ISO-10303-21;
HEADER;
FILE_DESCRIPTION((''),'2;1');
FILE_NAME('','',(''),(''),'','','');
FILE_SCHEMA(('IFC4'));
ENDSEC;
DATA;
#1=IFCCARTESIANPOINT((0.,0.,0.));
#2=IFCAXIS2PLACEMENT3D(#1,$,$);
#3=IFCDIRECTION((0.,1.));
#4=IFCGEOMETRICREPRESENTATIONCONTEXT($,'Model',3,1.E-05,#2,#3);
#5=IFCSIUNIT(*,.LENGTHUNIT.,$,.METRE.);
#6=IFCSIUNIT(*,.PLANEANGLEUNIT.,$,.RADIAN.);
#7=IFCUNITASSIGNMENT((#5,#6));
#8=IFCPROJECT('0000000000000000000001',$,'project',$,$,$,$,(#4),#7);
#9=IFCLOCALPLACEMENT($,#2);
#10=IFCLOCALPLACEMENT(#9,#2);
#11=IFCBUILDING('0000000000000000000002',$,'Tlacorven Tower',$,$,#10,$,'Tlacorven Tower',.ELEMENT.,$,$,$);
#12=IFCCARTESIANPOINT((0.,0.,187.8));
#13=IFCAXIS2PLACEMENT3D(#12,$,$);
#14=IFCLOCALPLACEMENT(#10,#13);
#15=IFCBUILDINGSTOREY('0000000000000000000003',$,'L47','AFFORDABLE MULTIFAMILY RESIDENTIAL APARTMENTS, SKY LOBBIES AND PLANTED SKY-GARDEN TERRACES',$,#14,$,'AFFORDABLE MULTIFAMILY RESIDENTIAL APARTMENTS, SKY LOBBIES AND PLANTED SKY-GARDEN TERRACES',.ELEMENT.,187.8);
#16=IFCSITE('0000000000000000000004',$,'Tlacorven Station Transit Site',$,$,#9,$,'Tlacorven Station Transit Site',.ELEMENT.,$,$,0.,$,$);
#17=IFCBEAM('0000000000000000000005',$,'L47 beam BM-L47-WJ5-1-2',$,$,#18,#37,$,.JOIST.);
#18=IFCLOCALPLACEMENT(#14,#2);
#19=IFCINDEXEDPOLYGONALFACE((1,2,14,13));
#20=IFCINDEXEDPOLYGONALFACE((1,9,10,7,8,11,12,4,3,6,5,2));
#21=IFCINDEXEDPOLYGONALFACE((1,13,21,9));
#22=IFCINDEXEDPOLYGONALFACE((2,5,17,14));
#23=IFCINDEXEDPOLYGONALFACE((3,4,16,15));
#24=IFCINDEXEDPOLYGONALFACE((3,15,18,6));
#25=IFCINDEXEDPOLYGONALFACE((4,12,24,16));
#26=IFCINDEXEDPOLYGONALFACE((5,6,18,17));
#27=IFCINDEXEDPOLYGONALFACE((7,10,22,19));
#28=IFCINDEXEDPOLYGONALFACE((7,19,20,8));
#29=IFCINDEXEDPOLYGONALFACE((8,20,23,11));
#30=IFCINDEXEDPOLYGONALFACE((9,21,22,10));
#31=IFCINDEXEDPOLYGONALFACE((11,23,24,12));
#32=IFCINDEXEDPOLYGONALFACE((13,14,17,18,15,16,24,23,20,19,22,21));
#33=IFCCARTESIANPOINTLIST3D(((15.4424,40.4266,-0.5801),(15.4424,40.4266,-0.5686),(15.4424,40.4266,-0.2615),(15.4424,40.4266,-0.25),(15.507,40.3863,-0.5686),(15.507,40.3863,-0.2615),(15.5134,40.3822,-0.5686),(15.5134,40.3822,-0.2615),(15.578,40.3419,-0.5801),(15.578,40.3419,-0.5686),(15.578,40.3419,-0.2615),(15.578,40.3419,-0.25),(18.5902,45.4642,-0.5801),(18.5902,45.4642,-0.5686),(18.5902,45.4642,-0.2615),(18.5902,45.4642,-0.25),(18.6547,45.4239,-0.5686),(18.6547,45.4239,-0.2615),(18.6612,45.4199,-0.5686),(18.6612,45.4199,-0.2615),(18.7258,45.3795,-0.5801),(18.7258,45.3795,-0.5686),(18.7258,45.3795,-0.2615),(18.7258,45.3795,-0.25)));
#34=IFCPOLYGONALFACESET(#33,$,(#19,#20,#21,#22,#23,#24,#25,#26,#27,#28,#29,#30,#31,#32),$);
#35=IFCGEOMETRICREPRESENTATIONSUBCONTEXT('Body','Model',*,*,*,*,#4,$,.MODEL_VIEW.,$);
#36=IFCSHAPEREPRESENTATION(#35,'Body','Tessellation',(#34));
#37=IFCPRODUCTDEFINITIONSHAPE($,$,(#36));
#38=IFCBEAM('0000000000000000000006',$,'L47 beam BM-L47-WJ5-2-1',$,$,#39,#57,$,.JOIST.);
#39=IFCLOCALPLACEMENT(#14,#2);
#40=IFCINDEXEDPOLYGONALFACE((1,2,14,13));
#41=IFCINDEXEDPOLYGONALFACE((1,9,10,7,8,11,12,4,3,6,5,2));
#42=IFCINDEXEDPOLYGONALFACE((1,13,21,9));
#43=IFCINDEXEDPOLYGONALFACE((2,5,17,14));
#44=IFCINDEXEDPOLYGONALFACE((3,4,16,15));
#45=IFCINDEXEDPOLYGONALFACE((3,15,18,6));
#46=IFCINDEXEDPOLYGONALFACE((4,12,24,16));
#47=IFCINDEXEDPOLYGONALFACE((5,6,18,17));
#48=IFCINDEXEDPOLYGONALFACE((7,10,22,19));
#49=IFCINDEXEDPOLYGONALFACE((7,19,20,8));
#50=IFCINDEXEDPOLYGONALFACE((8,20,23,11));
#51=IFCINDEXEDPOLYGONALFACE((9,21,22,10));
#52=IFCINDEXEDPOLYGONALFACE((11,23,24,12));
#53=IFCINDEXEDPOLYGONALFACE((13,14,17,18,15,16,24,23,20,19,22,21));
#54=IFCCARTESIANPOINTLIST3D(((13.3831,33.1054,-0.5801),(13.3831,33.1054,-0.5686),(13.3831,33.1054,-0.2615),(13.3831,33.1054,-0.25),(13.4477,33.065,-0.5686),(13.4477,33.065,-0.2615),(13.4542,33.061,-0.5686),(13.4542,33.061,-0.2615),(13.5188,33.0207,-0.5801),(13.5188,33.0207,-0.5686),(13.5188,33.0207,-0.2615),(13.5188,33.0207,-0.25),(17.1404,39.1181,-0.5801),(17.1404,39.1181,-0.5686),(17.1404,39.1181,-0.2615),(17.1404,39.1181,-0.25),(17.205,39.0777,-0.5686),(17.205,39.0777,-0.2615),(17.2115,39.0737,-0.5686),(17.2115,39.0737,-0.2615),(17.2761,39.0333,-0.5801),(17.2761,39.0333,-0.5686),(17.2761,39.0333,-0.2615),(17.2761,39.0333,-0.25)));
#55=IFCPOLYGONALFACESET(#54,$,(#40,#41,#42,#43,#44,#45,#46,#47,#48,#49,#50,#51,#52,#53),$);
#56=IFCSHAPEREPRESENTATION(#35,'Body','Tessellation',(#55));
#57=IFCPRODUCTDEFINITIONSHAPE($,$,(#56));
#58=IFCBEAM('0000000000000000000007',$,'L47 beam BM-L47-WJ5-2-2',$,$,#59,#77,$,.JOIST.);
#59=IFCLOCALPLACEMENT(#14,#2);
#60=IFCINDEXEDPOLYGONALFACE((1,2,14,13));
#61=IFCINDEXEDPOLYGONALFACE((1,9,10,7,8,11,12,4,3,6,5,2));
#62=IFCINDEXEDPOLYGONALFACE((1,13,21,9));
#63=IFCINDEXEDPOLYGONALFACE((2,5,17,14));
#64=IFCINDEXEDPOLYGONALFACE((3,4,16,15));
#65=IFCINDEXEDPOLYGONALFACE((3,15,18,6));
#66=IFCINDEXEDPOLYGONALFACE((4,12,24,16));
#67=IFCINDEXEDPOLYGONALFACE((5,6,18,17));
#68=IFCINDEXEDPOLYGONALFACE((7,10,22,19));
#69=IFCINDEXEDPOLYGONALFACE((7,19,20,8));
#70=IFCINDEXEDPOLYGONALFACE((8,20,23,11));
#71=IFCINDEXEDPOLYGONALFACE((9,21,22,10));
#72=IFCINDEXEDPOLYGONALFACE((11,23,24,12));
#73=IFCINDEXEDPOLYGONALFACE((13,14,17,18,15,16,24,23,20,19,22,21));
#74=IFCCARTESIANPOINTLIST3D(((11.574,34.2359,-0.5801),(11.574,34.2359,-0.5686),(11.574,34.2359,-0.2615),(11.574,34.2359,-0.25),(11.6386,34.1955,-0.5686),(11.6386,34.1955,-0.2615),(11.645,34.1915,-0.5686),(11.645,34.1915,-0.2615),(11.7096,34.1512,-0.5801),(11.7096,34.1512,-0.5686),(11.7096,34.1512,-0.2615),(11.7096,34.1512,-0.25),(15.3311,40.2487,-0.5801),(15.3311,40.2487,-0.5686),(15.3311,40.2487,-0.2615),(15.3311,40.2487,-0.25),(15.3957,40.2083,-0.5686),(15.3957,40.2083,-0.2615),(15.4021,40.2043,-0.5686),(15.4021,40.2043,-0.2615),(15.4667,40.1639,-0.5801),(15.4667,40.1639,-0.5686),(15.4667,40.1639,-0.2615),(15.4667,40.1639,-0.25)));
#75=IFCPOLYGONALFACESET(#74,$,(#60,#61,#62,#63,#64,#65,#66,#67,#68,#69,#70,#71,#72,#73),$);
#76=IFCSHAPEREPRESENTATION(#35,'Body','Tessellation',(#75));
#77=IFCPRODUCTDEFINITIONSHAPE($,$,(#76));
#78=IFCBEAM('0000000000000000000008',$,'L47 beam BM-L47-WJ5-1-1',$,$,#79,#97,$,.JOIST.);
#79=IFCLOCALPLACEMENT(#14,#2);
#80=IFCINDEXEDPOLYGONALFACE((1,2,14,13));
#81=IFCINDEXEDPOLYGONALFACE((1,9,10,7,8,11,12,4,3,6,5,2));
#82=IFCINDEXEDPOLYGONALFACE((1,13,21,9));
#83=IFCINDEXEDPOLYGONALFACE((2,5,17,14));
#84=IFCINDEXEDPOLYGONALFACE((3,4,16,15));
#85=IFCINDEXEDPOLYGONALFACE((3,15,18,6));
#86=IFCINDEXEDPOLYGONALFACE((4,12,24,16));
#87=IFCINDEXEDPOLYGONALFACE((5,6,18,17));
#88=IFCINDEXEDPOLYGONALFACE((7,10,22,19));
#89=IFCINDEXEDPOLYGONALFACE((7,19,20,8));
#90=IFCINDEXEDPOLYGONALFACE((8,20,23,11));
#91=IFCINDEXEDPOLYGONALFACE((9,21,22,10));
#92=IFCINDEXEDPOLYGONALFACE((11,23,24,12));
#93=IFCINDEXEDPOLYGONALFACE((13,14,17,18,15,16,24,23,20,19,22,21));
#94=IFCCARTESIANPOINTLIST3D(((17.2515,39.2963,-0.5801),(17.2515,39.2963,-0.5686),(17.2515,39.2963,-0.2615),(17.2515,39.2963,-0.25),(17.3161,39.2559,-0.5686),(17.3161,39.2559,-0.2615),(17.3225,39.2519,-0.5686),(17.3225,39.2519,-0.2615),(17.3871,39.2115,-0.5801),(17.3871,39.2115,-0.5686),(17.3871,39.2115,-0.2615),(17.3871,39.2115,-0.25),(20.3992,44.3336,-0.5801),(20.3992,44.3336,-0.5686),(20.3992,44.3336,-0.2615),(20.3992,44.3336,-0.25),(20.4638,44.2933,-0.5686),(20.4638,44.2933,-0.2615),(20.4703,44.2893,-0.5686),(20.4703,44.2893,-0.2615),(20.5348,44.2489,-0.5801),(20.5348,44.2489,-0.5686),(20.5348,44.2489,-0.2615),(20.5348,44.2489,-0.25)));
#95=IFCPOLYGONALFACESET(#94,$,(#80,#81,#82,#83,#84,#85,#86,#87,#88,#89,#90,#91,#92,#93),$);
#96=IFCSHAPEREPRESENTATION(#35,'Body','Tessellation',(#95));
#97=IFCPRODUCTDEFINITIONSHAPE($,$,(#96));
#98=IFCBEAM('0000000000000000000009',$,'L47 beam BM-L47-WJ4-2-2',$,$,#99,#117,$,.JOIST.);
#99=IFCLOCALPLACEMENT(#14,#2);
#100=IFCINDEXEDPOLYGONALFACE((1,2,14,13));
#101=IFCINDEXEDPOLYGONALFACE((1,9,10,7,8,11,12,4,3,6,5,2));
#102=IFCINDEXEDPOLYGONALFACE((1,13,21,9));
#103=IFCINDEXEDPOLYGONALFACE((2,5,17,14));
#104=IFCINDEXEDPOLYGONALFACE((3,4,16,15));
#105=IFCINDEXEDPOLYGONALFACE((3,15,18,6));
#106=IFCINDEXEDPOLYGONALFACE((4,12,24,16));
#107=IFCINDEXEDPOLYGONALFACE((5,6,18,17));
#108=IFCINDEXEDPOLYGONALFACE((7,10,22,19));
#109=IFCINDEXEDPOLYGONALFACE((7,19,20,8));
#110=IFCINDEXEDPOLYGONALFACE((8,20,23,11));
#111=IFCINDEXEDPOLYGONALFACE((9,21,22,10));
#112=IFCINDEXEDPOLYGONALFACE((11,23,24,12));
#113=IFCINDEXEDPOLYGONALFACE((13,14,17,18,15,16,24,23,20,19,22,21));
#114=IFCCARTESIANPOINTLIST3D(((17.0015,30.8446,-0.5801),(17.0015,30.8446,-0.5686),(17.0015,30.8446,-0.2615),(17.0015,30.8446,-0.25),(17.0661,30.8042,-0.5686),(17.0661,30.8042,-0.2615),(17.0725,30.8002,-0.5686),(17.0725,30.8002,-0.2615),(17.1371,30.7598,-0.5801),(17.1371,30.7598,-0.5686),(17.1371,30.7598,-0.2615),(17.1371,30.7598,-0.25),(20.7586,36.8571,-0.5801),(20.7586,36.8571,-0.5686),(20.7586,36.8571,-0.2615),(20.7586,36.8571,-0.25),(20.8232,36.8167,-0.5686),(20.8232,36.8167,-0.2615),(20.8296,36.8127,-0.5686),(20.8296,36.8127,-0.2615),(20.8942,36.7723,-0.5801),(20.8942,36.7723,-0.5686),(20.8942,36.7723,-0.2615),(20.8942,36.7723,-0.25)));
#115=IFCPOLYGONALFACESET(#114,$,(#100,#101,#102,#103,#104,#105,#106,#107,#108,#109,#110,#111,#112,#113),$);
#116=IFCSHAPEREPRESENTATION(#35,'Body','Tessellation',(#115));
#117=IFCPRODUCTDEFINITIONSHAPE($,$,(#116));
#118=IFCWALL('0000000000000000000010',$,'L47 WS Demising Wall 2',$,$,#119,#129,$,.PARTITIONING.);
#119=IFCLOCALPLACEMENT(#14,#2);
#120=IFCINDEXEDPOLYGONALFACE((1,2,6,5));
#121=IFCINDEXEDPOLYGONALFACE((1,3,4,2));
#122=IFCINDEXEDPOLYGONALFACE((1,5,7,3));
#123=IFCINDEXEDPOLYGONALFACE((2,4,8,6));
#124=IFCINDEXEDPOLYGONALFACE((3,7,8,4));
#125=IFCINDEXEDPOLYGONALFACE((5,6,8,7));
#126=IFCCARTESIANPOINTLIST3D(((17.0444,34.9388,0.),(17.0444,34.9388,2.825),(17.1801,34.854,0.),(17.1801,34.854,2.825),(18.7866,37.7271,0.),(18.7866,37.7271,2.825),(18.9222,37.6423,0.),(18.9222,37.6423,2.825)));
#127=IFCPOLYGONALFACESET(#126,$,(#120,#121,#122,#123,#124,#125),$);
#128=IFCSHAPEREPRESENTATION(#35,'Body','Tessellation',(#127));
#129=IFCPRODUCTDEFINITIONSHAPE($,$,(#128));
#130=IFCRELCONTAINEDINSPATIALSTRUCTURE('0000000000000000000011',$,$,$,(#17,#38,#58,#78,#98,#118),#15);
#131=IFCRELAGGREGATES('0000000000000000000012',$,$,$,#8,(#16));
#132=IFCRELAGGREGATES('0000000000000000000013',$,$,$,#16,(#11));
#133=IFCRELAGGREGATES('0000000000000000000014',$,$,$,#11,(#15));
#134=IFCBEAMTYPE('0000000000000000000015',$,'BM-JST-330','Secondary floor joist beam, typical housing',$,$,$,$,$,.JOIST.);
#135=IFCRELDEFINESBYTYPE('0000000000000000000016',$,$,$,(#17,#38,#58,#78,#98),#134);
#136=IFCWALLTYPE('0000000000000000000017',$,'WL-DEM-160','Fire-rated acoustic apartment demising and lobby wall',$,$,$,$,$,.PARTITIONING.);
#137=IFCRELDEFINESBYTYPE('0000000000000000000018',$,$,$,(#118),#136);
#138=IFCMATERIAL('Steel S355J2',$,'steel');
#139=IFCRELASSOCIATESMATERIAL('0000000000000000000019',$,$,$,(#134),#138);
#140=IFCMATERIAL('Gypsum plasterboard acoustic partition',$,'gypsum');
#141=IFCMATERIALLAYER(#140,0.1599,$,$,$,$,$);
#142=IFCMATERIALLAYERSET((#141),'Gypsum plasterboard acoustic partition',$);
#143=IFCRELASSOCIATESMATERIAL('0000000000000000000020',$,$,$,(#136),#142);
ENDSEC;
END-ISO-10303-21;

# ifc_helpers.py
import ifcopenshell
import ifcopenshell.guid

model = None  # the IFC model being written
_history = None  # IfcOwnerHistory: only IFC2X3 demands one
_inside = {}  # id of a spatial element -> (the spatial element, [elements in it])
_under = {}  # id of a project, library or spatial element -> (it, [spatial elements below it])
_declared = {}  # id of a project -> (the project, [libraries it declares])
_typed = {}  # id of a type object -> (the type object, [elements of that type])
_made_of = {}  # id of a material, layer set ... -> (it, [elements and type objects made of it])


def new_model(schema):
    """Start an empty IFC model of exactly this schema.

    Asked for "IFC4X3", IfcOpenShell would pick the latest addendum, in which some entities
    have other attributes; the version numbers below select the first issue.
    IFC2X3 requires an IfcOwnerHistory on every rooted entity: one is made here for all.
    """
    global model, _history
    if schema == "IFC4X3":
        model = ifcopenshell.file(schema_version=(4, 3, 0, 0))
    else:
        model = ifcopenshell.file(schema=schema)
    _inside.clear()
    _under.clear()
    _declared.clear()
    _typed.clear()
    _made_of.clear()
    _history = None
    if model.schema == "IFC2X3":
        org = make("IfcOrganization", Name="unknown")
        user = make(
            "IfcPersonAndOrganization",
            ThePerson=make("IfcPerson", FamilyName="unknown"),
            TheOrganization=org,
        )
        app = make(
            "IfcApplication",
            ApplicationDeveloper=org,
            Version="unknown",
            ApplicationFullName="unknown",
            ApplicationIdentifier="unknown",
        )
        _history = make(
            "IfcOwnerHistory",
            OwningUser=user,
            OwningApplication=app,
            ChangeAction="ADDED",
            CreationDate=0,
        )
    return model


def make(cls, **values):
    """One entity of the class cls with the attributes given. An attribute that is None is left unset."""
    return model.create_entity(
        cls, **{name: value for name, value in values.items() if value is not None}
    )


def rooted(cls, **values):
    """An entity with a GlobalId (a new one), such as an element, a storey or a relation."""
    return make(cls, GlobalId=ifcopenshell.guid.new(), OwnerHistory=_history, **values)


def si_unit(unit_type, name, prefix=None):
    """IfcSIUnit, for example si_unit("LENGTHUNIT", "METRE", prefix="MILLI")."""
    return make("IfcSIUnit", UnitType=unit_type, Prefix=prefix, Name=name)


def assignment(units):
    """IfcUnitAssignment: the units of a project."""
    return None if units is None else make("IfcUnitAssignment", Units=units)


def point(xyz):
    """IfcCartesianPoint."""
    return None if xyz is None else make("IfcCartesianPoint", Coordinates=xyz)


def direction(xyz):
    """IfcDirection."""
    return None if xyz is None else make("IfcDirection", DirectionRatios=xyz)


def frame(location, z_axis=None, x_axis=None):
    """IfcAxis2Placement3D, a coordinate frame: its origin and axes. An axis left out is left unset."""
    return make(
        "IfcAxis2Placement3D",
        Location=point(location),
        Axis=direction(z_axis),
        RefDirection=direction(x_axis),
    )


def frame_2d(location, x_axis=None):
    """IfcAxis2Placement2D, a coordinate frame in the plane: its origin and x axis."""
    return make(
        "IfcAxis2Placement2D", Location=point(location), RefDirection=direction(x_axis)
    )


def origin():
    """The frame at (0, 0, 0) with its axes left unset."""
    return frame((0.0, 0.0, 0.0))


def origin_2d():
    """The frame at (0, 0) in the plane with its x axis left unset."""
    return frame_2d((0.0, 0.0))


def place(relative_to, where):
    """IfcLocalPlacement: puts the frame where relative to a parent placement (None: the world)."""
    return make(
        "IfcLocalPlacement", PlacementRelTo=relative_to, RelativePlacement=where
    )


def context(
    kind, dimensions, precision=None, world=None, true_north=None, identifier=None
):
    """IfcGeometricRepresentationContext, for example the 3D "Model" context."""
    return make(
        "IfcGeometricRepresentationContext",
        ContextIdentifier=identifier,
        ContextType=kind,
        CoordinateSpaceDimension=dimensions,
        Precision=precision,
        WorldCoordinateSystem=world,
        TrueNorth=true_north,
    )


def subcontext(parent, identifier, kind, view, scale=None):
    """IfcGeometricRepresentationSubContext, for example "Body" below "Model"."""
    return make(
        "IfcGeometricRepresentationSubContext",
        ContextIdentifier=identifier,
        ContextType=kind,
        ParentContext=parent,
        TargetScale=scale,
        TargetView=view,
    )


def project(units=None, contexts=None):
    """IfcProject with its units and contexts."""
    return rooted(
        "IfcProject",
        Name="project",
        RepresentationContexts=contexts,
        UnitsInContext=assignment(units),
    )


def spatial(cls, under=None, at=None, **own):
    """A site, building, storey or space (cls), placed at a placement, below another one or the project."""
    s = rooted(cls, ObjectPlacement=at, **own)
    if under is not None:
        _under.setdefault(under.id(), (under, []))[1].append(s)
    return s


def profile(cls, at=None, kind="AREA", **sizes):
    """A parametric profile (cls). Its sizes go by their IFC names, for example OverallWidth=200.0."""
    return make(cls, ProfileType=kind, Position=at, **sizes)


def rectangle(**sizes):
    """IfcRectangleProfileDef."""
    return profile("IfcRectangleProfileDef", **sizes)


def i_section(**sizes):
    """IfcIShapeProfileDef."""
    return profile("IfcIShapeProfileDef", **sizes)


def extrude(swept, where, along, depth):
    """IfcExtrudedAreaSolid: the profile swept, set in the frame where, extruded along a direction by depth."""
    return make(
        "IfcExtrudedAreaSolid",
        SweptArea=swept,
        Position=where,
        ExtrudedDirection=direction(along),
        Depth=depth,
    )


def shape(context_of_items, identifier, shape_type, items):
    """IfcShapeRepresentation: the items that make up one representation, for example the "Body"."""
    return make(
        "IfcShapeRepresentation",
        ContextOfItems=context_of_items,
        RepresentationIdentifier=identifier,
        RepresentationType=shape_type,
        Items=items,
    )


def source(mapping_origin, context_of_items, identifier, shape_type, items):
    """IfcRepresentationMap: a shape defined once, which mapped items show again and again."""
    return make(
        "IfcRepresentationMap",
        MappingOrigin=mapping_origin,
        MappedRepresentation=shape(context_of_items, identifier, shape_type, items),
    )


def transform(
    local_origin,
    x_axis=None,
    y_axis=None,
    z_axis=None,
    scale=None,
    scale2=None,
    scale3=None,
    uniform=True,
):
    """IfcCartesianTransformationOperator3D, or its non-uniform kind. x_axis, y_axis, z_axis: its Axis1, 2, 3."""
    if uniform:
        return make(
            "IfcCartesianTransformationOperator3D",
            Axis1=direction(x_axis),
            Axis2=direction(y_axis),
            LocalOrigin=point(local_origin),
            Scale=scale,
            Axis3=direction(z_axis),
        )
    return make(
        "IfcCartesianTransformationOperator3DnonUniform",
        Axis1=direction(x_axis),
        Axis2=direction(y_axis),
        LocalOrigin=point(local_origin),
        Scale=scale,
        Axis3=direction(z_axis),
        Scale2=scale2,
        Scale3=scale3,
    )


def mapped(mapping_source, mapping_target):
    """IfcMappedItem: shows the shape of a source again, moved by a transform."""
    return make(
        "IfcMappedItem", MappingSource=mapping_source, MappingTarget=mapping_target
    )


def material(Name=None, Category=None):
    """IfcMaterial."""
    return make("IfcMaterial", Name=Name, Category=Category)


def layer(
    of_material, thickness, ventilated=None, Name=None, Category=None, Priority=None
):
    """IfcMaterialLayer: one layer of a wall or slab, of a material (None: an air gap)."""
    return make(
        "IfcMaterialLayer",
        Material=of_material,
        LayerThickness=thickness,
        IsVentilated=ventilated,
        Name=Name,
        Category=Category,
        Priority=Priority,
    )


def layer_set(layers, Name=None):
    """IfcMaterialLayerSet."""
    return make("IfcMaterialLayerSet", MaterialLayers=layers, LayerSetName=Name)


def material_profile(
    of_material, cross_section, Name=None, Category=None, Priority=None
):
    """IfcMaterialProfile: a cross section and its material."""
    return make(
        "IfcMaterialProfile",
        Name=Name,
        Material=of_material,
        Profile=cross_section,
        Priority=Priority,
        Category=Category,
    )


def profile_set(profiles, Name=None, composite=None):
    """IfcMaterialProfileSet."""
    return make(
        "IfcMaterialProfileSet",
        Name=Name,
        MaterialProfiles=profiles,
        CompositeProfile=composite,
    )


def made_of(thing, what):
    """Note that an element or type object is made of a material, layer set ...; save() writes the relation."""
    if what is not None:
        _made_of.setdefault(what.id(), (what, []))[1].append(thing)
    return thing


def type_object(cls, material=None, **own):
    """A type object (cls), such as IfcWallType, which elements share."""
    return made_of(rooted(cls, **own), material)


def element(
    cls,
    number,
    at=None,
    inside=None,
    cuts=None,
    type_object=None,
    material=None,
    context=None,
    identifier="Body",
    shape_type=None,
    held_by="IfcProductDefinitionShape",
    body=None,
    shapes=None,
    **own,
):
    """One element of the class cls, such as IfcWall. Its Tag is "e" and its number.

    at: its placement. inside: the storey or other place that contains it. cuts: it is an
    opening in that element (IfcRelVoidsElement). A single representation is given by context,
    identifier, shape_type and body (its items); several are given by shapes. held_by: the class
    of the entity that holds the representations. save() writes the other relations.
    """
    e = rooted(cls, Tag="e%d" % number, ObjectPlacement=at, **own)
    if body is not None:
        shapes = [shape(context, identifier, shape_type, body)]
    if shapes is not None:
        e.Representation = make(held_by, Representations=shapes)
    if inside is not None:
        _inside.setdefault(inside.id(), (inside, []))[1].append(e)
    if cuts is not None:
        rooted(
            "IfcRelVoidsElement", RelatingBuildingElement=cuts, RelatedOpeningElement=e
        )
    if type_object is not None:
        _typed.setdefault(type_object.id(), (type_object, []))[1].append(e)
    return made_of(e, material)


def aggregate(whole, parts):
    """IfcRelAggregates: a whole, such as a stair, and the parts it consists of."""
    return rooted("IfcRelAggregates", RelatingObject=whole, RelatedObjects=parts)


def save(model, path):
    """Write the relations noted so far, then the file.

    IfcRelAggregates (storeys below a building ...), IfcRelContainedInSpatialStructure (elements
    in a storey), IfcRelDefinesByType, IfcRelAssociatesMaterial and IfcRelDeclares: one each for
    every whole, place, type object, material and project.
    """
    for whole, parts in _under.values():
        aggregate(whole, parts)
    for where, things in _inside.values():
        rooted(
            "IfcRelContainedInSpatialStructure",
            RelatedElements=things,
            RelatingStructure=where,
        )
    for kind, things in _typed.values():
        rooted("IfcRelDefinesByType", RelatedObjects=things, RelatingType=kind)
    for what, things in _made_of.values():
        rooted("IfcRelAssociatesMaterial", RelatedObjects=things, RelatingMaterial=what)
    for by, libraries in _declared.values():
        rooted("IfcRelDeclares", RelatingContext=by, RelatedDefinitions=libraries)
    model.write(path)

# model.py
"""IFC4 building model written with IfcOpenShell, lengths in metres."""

from ifc_helpers import new_model, si_unit, direction, frame, frame_2d, origin, origin_2d, place, context, subcontext, project, spatial, rectangle, i_section, extrude, source, transform, mapped, material, layer, layer_set, material_profile, profile_set, type_object, element, save


model = new_model("IFC4")

# Units and contexts
model_context = context("Model", 3, precision=1e-05, world=origin(), true_north=direction((0.0, 1.0)))
body_context = subcontext(model_context, "Body", "Model", "MODEL_VIEW")
ifc_project = project(units=[si_unit("LENGTHUNIT", "METRE"), si_unit("PLANEANGLEUNIT", "RADIAN")], contexts=[model_context])

# Site, building, storey
site_placement = place(None, origin())
site = spatial("IfcSite", under=ifc_project, at=site_placement, Name="Tlacorven Station Transit Site", LongName="Tlacorven Station Transit Site", CompositionType="ELEMENT", RefElevation=0.0)
building_placement = place(site_placement, origin())
building = spatial("IfcBuilding", under=site, at=building_placement, Name="Tlacorven Tower", LongName="Tlacorven Tower", CompositionType="ELEMENT")
storey_placement = place(building_placement, frame((0.0, 0.0, 187.8)))
storey = spatial("IfcBuildingStorey", under=building, at=storey_placement, Name="L47", Description="AFFORDABLE MULTIFAMILY RESIDENTIAL APARTMENTS, SKY LOBBIES AND PLANTED SKY-GARDEN TERRACES", LongName="AFFORDABLE MULTIFAMILY RESIDENTIAL APARTMENTS, SKY LOBBIES AND PLANTED SKY-GARDEN TERRACES", CompositionType="ELEMENT", Elevation=187.8)

# Beams
ifc_material_1 = material(Name="Steel S355J2", Category="steel")
ifc_material_profile_1 = material_profile(ifc_material_1, i_section(OverallWidth=0.1599, OverallDepth=0.3301, WebThickness=0.0076, FlangeThickness=0.0115, at=origin_2d()), Name="IPE 330")
ifc_profile_set_1 = profile_set([ifc_material_profile_1], Name="Steel S355J2")
beam_type_1 = type_object("IfcBeamType", Name="BM-JST-330", Description="Secondary floor joist beam, typical housing", PredefinedType="JOIST", material=ifc_profile_set_1)
shared_shape_1 = source(origin(), body_context, "Body", "SweptSolid", [
    extrude(i_section(OverallWidth=0.1599, OverallDepth=0.3301, WebThickness=0.0076, FlangeThickness=0.0115, at=origin_2d()), origin(), (0.0, 0.0, 1.0), 5.9402),
])
beam_1_placement = place(storey_placement, frame((18.658, 45.4219, -0.415), z_axis=(-0.529903, -0.848058, 0.0), x_axis=(0.848058, -0.529903, 0.0)))
element("IfcBeam", 1, at=beam_1_placement, inside=storey, type_object=beam_type_1, Name="L47 beam BM-L47-WJ5-1-2", PredefinedType="JOIST", context=body_context, shape_type="MappedRepresentation", body=[
    mapped(shared_shape_1, transform((0.0, 0.0, 0.0), scale=1.0)),
])
shared_shape_2 = source(origin(), body_context, "Body", "SweptSolid", [
    extrude(i_section(OverallWidth=0.1599, OverallDepth=0.3301, WebThickness=0.0076, FlangeThickness=0.0115, at=origin_2d()), origin(), (0.0, 0.0, 1.0), 7.0901),
])
for number, where, z_axis, x_axis, name in (
    (2, (17.2083, 39.0757, -0.415), (-0.529937, -0.848037, 0.0), (0.848037, -0.529937, 0.0), "L47 beam BM-L47-WJ5-2-1"),
    (3, (15.3989, 40.2063, -0.415), (-0.529912, -0.848052, 0.0), (0.848052, -0.529912, 0.0), "L47 beam BM-L47-WJ5-2-2"),
):
    element("IfcBeam", number, at=place(storey_placement, frame(where, z_axis=z_axis, x_axis=x_axis)), inside=storey, type_object=beam_type_1, Name=name, PredefinedType="JOIST", context=body_context, shape_type="MappedRepresentation", body=[
        mapped(shared_shape_2, transform((0.0, 0.0, 0.0), scale=1.0)),
    ])
shared_shape_3 = source(origin(), body_context, "Body", "SweptSolid", [
    extrude(i_section(OverallWidth=0.1599, OverallDepth=0.3301, WebThickness=0.0076, FlangeThickness=0.0115, at=origin_2d()), origin(), (0.0, 0.0, 1.0), 5.9399),
])
beam_2_placement = place(storey_placement, frame((20.467, 44.2913, -0.415), z_axis=(-0.529921, -0.848047, 0.0), x_axis=(0.848047, -0.529921, 0.0)))
element("IfcBeam", 4, at=beam_2_placement, inside=storey, type_object=beam_type_1, Name="L47 beam BM-L47-WJ5-1-1", PredefinedType="JOIST", context=body_context, shape_type="MappedRepresentation", body=[
    mapped(shared_shape_3, transform((0.0, 0.0, 0.0), scale=1.0)),
])
shared_shape_4 = source(origin(), body_context, "Body", "SweptSolid", [
    extrude(i_section(OverallWidth=0.1599, OverallDepth=0.3301, WebThickness=0.0076, FlangeThickness=0.0115, at=origin_2d()), origin(), (0.0, 0.0, 1.0), 7.0898),
])
beam_3_placement = place(storey_placement, frame((20.8264, 36.8147, -0.415), z_axis=(-0.529928, -0.848043, 0.0), x_axis=(0.848043, -0.529928, 0.0)))
element("IfcBeam", 5, at=beam_3_placement, inside=storey, type_object=beam_type_1, Name="L47 beam BM-L47-WJ4-2-2", PredefinedType="JOIST", context=body_context, shape_type="MappedRepresentation", body=[
    mapped(shared_shape_4, transform((0.0, 0.0, 0.0), scale=1.0)),
])

# Wall
ifc_material_2 = material(Name="Gypsum plasterboard acoustic partition", Category="gypsum")
ifc_layer_1 = layer(ifc_material_2, 0.1599)
ifc_layer_set_1 = layer_set([ifc_layer_1], Name="Gypsum plasterboard acoustic partition")
wall_type_1 = type_object("IfcWallType", Name="WL-DEM-160", Description="Fire-rated acoustic apartment demising and lobby wall", PredefinedType="PARTITIONING", material=ifc_layer_set_1)
wall_1_placement = place(storey_placement, frame((18.8545, 37.6848, 0.0), z_axis=(0.0, 0.0, 1.0), x_axis=(-0.529885, -0.848069, 0.0)))
element("IfcWall", 6, at=wall_1_placement, inside=storey, type_object=wall_type_1, Name="L47 WS Demising Wall 2", PredefinedType="PARTITIONING", context=body_context, shape_type="SweptSolid", body=[
    extrude(rectangle(XDim=3.2878, YDim=0.1599, at=frame_2d((1.644, 0.0))), origin(), (0.0, 0.0, 1.0), 2.825),
])

save(model, "model.ifc")
